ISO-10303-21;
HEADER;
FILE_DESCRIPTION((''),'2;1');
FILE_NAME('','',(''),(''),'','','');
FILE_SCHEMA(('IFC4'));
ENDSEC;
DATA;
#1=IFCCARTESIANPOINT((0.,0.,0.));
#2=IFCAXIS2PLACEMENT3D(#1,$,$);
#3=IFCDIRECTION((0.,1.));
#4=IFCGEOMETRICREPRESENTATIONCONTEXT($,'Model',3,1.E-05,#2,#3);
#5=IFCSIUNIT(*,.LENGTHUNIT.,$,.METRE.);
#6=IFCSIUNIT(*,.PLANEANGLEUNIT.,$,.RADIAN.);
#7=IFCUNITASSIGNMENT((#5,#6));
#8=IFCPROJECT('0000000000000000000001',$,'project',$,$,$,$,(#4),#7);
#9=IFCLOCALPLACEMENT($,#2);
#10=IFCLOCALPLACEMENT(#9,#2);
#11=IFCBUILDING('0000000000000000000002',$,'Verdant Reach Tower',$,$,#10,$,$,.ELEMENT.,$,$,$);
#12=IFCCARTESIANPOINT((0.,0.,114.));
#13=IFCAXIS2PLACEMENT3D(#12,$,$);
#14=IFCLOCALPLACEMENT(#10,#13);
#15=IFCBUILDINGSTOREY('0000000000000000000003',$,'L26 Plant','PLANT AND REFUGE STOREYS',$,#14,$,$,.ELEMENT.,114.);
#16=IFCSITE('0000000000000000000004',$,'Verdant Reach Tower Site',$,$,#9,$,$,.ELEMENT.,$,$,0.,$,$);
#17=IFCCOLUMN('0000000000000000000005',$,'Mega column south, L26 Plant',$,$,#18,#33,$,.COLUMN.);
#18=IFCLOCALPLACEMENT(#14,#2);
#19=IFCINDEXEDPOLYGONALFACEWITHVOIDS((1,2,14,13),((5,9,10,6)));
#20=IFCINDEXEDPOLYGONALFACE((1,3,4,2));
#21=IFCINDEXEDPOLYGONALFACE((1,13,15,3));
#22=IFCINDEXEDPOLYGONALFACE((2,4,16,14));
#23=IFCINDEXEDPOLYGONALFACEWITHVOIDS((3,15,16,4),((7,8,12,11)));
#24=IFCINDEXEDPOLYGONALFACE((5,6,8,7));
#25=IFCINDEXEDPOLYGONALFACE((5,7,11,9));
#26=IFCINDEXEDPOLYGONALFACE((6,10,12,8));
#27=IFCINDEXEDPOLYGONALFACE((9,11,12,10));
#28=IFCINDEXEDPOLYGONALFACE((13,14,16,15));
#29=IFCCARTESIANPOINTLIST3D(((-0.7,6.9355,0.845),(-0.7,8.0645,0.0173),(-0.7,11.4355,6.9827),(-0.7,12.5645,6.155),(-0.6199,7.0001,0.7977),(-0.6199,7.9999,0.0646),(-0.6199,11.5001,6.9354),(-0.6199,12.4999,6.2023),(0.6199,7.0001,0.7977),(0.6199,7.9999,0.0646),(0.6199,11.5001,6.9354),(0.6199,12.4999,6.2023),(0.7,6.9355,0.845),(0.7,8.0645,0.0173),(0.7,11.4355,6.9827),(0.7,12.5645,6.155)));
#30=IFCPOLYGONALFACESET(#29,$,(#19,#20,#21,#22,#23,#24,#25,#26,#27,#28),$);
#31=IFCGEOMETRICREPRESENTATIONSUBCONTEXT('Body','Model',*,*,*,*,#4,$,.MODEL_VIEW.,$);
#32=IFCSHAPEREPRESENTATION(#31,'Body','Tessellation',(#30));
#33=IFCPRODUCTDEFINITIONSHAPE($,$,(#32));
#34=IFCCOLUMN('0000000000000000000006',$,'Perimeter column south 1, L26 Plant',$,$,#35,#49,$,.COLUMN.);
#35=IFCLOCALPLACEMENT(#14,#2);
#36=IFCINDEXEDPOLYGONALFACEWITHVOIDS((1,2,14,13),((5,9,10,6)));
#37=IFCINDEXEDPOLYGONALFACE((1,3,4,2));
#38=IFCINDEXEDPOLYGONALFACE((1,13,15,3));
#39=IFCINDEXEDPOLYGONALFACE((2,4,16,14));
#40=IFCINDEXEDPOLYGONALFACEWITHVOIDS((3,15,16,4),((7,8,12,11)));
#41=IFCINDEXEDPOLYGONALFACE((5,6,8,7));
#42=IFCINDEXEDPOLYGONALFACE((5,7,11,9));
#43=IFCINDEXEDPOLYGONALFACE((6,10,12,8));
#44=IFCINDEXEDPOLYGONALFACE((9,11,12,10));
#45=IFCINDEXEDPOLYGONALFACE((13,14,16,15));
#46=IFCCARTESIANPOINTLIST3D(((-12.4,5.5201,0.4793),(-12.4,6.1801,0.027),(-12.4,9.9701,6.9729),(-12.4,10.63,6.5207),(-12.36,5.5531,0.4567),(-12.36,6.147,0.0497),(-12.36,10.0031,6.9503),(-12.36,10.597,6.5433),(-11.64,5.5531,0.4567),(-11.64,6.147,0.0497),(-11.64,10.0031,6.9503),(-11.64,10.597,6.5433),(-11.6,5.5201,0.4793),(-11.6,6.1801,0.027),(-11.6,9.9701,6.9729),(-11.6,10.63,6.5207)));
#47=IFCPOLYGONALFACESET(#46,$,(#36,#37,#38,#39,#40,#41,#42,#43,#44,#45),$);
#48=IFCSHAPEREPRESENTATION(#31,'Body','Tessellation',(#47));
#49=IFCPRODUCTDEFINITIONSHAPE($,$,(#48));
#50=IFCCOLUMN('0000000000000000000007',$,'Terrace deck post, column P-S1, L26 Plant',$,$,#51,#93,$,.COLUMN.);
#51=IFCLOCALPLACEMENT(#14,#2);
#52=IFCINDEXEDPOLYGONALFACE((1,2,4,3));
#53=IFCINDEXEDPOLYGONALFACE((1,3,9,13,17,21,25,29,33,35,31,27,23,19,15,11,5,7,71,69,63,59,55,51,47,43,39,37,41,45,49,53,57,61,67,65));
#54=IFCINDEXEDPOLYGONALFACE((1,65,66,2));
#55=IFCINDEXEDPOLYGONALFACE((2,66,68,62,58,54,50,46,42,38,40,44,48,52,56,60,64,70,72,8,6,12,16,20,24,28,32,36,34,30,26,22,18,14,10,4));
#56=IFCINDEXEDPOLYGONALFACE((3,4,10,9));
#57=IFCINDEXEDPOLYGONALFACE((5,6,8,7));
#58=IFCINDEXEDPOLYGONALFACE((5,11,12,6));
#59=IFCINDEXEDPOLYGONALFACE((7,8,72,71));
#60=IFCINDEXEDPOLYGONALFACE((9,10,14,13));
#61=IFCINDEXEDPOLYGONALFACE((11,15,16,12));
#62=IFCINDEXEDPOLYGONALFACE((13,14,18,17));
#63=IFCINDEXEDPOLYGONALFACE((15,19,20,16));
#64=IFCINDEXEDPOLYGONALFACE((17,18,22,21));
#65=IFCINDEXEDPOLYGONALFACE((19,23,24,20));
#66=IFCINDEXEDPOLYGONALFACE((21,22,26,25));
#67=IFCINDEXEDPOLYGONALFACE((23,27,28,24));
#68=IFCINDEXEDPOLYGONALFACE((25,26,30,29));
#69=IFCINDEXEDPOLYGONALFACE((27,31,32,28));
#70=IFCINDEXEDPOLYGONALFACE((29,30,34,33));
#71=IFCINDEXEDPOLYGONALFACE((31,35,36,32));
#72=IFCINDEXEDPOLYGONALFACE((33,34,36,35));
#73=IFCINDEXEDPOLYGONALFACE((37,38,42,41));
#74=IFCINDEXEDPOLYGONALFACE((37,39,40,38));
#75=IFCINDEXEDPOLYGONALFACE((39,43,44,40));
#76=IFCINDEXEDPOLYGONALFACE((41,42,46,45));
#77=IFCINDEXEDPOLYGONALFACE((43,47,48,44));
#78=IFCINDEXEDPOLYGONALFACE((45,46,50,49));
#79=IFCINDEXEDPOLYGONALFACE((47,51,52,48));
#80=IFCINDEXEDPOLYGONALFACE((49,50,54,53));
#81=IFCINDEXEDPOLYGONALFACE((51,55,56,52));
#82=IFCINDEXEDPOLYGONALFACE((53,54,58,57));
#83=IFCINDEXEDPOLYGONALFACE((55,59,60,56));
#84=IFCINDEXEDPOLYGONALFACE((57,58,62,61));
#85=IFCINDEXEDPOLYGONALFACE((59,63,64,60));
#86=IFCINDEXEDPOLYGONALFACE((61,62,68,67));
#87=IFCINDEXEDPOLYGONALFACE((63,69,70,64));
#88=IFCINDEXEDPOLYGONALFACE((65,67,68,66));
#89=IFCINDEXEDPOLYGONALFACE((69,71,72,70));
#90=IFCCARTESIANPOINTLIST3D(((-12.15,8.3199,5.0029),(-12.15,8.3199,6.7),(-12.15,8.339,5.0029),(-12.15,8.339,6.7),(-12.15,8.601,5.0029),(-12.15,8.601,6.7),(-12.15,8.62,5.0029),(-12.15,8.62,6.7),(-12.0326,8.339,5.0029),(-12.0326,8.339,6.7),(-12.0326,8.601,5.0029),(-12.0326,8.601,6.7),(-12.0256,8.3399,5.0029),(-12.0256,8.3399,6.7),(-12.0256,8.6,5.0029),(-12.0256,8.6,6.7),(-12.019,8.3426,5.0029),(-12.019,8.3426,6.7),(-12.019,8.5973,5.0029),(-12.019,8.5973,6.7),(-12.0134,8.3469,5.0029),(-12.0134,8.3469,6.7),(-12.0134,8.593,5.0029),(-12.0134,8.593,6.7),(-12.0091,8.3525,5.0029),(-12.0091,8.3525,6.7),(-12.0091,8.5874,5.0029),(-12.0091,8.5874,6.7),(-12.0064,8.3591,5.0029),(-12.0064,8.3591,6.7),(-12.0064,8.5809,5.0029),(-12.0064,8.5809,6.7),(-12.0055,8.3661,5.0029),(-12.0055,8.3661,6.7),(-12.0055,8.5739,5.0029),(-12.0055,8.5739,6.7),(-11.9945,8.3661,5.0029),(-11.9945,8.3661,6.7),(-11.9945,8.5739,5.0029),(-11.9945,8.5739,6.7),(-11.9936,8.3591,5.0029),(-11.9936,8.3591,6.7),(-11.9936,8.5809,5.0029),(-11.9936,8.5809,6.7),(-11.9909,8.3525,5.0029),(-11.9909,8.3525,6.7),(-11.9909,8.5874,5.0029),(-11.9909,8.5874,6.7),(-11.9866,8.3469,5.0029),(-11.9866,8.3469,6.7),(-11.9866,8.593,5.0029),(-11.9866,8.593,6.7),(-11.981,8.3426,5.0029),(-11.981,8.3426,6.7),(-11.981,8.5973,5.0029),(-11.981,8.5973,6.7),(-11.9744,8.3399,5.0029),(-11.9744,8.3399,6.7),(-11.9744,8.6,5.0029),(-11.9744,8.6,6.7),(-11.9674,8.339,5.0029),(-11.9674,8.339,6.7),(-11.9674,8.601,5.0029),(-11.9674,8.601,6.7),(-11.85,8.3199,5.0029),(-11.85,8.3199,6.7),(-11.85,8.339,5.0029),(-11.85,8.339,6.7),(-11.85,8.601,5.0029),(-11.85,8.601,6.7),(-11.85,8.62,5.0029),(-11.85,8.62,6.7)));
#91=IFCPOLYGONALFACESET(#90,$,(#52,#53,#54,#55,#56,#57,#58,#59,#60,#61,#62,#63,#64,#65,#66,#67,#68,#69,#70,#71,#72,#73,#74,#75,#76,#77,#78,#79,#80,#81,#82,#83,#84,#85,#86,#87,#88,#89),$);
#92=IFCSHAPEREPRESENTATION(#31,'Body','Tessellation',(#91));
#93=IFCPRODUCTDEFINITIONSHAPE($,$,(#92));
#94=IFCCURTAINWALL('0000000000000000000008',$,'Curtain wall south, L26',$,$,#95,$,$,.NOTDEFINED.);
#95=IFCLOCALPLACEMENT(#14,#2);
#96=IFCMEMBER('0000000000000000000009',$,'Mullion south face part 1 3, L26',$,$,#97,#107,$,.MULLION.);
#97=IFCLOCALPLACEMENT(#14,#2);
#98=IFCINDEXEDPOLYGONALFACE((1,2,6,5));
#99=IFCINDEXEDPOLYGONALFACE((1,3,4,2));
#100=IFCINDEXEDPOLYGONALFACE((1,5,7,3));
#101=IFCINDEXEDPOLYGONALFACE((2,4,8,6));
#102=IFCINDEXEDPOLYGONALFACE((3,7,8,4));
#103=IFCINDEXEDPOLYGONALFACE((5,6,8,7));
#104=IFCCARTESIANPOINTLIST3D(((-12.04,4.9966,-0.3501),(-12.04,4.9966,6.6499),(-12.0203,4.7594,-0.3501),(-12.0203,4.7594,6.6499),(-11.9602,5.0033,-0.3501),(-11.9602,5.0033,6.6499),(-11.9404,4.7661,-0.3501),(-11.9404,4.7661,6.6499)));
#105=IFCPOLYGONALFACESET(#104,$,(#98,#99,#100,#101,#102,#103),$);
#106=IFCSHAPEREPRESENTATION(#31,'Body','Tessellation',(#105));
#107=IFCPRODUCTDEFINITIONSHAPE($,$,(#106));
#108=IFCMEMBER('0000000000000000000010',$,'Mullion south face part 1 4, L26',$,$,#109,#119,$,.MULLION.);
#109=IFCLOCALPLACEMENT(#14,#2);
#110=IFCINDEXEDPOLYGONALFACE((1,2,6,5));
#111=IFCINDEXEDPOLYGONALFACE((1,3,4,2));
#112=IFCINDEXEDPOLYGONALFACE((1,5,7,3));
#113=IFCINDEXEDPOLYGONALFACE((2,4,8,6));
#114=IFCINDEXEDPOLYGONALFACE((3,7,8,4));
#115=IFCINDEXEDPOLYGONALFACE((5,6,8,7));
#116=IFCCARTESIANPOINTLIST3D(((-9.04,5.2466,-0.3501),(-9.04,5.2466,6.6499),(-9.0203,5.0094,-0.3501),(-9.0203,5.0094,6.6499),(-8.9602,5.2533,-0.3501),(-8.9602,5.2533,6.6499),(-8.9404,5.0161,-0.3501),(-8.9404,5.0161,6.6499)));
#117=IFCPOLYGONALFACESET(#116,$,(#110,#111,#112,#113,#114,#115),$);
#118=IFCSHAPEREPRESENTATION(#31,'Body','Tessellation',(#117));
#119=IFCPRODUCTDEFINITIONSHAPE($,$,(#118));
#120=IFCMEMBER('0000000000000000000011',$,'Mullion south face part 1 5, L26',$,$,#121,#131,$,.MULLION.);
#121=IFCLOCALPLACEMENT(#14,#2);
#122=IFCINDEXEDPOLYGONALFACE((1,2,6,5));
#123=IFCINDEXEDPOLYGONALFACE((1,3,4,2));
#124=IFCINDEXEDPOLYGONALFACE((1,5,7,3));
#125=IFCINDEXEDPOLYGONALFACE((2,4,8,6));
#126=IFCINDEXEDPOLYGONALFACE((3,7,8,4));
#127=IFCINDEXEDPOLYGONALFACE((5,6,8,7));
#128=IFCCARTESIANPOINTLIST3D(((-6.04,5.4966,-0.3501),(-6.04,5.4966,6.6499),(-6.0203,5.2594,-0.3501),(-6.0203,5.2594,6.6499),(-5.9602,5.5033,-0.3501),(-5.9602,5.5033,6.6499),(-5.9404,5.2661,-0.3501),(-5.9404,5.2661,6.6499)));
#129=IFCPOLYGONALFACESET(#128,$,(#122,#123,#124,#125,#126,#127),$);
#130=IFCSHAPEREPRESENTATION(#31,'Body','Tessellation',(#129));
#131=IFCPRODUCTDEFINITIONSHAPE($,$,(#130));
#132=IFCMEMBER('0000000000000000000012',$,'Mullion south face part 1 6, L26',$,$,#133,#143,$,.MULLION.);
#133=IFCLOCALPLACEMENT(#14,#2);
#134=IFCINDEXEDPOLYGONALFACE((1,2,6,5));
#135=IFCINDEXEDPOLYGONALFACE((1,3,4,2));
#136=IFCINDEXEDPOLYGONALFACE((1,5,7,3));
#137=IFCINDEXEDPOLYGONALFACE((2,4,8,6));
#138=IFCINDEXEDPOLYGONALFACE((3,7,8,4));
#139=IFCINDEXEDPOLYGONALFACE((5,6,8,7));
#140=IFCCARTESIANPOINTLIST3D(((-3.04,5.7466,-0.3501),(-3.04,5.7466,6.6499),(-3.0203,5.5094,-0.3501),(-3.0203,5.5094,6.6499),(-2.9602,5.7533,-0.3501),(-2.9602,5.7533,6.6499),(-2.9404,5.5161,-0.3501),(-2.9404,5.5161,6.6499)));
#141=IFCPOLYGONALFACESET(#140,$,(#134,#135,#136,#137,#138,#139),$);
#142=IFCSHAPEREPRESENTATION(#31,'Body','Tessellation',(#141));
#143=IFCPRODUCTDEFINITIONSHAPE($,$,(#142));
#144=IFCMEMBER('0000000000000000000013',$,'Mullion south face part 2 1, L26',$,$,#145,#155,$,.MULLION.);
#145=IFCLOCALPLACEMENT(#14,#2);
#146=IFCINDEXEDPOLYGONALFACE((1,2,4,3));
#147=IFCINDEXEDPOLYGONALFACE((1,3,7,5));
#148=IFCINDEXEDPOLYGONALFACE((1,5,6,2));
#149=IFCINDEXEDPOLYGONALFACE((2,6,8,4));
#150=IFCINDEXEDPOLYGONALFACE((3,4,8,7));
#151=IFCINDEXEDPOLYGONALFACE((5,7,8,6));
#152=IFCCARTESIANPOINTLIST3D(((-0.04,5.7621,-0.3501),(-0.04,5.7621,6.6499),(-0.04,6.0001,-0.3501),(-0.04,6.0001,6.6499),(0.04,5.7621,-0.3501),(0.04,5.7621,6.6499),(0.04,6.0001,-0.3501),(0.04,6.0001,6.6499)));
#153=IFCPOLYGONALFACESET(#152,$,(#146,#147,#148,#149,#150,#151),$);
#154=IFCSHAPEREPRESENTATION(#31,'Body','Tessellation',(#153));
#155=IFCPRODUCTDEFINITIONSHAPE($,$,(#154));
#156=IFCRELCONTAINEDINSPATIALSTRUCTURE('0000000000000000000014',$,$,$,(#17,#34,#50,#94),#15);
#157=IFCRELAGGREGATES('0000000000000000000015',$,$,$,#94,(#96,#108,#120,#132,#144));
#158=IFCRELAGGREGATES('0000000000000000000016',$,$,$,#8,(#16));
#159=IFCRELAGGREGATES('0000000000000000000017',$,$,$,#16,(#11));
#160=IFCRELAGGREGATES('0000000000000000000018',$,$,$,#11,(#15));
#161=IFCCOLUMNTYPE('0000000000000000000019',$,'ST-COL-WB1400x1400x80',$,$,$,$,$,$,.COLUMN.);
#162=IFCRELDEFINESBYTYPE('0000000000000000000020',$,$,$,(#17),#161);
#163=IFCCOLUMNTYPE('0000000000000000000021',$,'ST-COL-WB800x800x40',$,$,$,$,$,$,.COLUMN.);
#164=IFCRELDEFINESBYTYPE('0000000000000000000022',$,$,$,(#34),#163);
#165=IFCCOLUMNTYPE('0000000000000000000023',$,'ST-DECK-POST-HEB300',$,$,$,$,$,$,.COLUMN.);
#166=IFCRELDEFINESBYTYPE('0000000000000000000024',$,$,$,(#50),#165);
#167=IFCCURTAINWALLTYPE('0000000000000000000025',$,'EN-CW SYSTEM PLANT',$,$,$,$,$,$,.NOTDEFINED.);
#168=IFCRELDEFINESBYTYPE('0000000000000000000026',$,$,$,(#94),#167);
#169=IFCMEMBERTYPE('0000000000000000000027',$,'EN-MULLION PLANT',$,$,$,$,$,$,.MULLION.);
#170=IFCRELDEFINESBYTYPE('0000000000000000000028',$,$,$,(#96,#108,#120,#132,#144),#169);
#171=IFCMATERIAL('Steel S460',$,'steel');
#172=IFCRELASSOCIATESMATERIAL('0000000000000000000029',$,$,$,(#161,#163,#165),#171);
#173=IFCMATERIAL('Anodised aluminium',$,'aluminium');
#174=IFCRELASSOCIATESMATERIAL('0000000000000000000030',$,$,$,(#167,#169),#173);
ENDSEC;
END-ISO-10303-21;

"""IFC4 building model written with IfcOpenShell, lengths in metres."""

from ifc_helpers import new_model, si_unit, direction, frame, origin, origin_2d, place, context, subcontext, project, spatial, rectangle, hollow_rectangle, i_section, extrude, material, material_profile, profile_set, type_object, element, aggregate, save


model = new_model("IFC4")

# Units and contexts
model_context = context("Model", 3, precision=1e-05, world=origin(), true_north=direction((0.0, 1.0)))
body_context = subcontext(model_context, "Body", "Model", "MODEL_VIEW")
ifc_project = project(units=[si_unit("LENGTHUNIT", "METRE"), si_unit("PLANEANGLEUNIT", "RADIAN")], contexts=[model_context])

# Site, building, storey
site_placement = place(None, origin())
site = spatial("IfcSite", under=ifc_project, at=site_placement, Name="Verdant Reach Tower Site", CompositionType="ELEMENT", RefElevation=0.0)
building_placement = place(site_placement, origin())
building = spatial("IfcBuilding", under=site, at=building_placement, Name="Verdant Reach Tower", CompositionType="ELEMENT")
storey_placement = place(building_placement, frame((0.0, 0.0, 114.0)))
storey = spatial("IfcBuildingStorey", under=building, at=storey_placement, Name="L26 Plant", Description="PLANT AND REFUGE STOREYS", CompositionType="ELEMENT", Elevation=114.0)

# Columns
ifc_material_1 = material(Name="Steel S460", Category="steel")
ifc_material_profile_1 = material_profile(ifc_material_1, hollow_rectangle(XDim=1.3999, YDim=1.3999, WallThickness=0.0801, at=origin_2d()), Name="WB 1400x1400x80")
ifc_profile_set_1 = profile_set([ifc_material_profile_1], Name="Steel S460")
column_type_1 = type_object("IfcColumnType", Name="ST-COL-WB1400x1400x80", PredefinedType="COLUMN", material=ifc_profile_set_1)
column_1_placement = place(storey_placement, frame((0.0, 7.5, 0.4312), z_axis=(0.0, 0.59128, 0.806466), x_axis=(-1.0, 0.0, 0.0)))
element("IfcColumn", 1, at=column_1_placement, inside=storey, type_object=column_type_1, Name="Mega column south, L26 Plant", PredefinedType="COLUMN", context=body_context, shape_type="SweptSolid", body=[
    extrude(hollow_rectangle(XDim=1.3999, YDim=1.3999, WallThickness=0.0801, at=origin_2d()), origin(), (0.0, 0.0, 1.0), 7.6106),
])
ifc_material_profile_2 = material_profile(ifc_material_1, hollow_rectangle(XDim=0.8, YDim=0.8, WallThickness=0.04, at=origin_2d()), Name="WB 800x800x40")
ifc_profile_set_2 = profile_set([ifc_material_profile_2], Name="Steel S460")
column_type_2 = type_object("IfcColumnType", Name="ST-COL-WB800x800x40", PredefinedType="COLUMN", material=ifc_profile_set_2)
column_2_placement = place(storey_placement, frame((-12.0, 5.8501, 0.2532), z_axis=(0.0, 0.565283, 0.824897), x_axis=(-1.0, 0.0, 0.0)))
element("IfcColumn", 2, at=column_2_placement, inside=storey, type_object=column_type_2, Name="Perimeter column south 1, L26 Plant", PredefinedType="COLUMN", context=body_context, shape_type="SweptSolid", body=[
    extrude(hollow_rectangle(XDim=0.8, YDim=0.8, WallThickness=0.04, at=origin_2d()), origin(), (0.0, 0.0, 1.0), 7.8721),
])
ifc_material_profile_3 = material_profile(ifc_material_1, i_section(OverallWidth=0.3, OverallDepth=0.3, WebThickness=0.011, FlangeThickness=0.019, FilletRadius=0.0271, at=origin_2d()), Name="HEB 300")
ifc_profile_set_3 = profile_set([ifc_material_profile_3], Name="Steel S460")
column_type_3 = type_object("IfcColumnType", Name="ST-DECK-POST-HEB300", PredefinedType="COLUMN", material=ifc_profile_set_3)
column_3_placement = place(storey_placement, frame((-12.0, 8.47, 5.0029), z_axis=(0.0, 0.0, 1.0), x_axis=(1.0, 0.0, 0.0)))
element("IfcColumn", 3, at=column_3_placement, inside=storey, type_object=column_type_3, Name="Terrace deck post, column P-S1, L26 Plant", PredefinedType="COLUMN", context=body_context, shape_type="SweptSolid", body=[
    extrude(i_section(OverallWidth=0.3, OverallDepth=0.3, WebThickness=0.011, FlangeThickness=0.019, FilletRadius=0.0271, at=origin_2d()), origin(), (0.0, 0.0, 1.0), 1.697),
])

# Curtain wall, members
ifc_material_2 = material(Name="Anodised aluminium", Category="aluminium")
curtain_wall_type = type_object("IfcCurtainWallType", Name="EN-CW SYSTEM PLANT", PredefinedType="NOTDEFINED", material=ifc_material_2)
curtain_wall_placement = place(storey_placement, origin())
curtain_wall = element("IfcCurtainWall", 4, at=curtain_wall_placement, inside=storey, type_object=curtain_wall_type, Name="Curtain wall south, L26", PredefinedType="NOTDEFINED")
ifc_material_profile_4 = material_profile(ifc_material_2, rectangle(XDim=0.238, YDim=0.0801, at=origin_2d()), Name="Mullion 80x240")
ifc_profile_set_4 = profile_set([ifc_material_profile_4], Name="Anodised aluminium")
member_type_1 = type_object("IfcMemberType", Name="EN-MULLION PLANT", PredefinedType="MULLION", material=ifc_profile_set_4)
member_1_placement = place(storey_placement, frame((-11.9902, 4.8813, -0.3501), z_axis=(0.0, 0.0, 1.0), x_axis=(0.083045, -0.996546, 0.0)))
member_1 = element("IfcMember", 5, at=member_1_placement, type_object=member_type_1, Name="Mullion south face part 1 3, L26", PredefinedType="MULLION", context=body_context, shape_type="SweptSolid", body=[
    extrude(rectangle(XDim=0.238, YDim=0.0801, at=origin_2d()), origin(), (0.0, 0.0, 1.0), 7.0),
])
member_2_placement = place(storey_placement, frame((-8.9902, 5.1313, -0.3501), z_axis=(0.0, 0.0, 1.0), x_axis=(0.083045, -0.996546, 0.0)))
member_2 = element("IfcMember", 6, at=member_2_placement, type_object=member_type_1, Name="Mullion south face part 1 4, L26", PredefinedType="MULLION", context=body_context, shape_type="SweptSolid", body=[
    extrude(rectangle(XDim=0.238, YDim=0.0801, at=origin_2d()), origin(), (0.0, 0.0, 1.0), 7.0),
])
member_3_placement = place(storey_placement, frame((-5.9902, 5.3813, -0.3501), z_axis=(0.0, 0.0, 1.0), x_axis=(0.083045, -0.996546, 0.0)))
member_3 = element("IfcMember", 7, at=member_3_placement, type_object=member_type_1, Name="Mullion south face part 1 5, L26", PredefinedType="MULLION", context=body_context, shape_type="SweptSolid", body=[
    extrude(rectangle(XDim=0.238, YDim=0.0801, at=origin_2d()), origin(), (0.0, 0.0, 1.0), 7.0),
])
member_4_placement = place(storey_placement, frame((-2.9902, 5.6313, -0.3501), z_axis=(0.0, 0.0, 1.0), x_axis=(0.083045, -0.996546, 0.0)))
member_4 = element("IfcMember", 8, at=member_4_placement, type_object=member_type_1, Name="Mullion south face part 1 6, L26", PredefinedType="MULLION", context=body_context, shape_type="SweptSolid", body=[
    extrude(rectangle(XDim=0.238, YDim=0.0801, at=origin_2d()), origin(), (0.0, 0.0, 1.0), 7.0),
])
member_5_placement = place(storey_placement, frame((0.0, 5.8811, -0.3501), z_axis=(0.0, 0.0, 1.0), x_axis=(0.0, -1.0, 0.0)))
member_5 = element("IfcMember", 9, at=member_5_placement, type_object=member_type_1, Name="Mullion south face part 2 1, L26", PredefinedType="MULLION", context=body_context, shape_type="SweptSolid", body=[
    extrude(rectangle(XDim=0.238, YDim=0.0801, at=origin_2d()), origin(), (0.0, 0.0, 1.0), 7.0),
])

aggregate(curtain_wall, [member_1, member_2, member_3, member_4, member_5])

save(model, "model.ifc")
